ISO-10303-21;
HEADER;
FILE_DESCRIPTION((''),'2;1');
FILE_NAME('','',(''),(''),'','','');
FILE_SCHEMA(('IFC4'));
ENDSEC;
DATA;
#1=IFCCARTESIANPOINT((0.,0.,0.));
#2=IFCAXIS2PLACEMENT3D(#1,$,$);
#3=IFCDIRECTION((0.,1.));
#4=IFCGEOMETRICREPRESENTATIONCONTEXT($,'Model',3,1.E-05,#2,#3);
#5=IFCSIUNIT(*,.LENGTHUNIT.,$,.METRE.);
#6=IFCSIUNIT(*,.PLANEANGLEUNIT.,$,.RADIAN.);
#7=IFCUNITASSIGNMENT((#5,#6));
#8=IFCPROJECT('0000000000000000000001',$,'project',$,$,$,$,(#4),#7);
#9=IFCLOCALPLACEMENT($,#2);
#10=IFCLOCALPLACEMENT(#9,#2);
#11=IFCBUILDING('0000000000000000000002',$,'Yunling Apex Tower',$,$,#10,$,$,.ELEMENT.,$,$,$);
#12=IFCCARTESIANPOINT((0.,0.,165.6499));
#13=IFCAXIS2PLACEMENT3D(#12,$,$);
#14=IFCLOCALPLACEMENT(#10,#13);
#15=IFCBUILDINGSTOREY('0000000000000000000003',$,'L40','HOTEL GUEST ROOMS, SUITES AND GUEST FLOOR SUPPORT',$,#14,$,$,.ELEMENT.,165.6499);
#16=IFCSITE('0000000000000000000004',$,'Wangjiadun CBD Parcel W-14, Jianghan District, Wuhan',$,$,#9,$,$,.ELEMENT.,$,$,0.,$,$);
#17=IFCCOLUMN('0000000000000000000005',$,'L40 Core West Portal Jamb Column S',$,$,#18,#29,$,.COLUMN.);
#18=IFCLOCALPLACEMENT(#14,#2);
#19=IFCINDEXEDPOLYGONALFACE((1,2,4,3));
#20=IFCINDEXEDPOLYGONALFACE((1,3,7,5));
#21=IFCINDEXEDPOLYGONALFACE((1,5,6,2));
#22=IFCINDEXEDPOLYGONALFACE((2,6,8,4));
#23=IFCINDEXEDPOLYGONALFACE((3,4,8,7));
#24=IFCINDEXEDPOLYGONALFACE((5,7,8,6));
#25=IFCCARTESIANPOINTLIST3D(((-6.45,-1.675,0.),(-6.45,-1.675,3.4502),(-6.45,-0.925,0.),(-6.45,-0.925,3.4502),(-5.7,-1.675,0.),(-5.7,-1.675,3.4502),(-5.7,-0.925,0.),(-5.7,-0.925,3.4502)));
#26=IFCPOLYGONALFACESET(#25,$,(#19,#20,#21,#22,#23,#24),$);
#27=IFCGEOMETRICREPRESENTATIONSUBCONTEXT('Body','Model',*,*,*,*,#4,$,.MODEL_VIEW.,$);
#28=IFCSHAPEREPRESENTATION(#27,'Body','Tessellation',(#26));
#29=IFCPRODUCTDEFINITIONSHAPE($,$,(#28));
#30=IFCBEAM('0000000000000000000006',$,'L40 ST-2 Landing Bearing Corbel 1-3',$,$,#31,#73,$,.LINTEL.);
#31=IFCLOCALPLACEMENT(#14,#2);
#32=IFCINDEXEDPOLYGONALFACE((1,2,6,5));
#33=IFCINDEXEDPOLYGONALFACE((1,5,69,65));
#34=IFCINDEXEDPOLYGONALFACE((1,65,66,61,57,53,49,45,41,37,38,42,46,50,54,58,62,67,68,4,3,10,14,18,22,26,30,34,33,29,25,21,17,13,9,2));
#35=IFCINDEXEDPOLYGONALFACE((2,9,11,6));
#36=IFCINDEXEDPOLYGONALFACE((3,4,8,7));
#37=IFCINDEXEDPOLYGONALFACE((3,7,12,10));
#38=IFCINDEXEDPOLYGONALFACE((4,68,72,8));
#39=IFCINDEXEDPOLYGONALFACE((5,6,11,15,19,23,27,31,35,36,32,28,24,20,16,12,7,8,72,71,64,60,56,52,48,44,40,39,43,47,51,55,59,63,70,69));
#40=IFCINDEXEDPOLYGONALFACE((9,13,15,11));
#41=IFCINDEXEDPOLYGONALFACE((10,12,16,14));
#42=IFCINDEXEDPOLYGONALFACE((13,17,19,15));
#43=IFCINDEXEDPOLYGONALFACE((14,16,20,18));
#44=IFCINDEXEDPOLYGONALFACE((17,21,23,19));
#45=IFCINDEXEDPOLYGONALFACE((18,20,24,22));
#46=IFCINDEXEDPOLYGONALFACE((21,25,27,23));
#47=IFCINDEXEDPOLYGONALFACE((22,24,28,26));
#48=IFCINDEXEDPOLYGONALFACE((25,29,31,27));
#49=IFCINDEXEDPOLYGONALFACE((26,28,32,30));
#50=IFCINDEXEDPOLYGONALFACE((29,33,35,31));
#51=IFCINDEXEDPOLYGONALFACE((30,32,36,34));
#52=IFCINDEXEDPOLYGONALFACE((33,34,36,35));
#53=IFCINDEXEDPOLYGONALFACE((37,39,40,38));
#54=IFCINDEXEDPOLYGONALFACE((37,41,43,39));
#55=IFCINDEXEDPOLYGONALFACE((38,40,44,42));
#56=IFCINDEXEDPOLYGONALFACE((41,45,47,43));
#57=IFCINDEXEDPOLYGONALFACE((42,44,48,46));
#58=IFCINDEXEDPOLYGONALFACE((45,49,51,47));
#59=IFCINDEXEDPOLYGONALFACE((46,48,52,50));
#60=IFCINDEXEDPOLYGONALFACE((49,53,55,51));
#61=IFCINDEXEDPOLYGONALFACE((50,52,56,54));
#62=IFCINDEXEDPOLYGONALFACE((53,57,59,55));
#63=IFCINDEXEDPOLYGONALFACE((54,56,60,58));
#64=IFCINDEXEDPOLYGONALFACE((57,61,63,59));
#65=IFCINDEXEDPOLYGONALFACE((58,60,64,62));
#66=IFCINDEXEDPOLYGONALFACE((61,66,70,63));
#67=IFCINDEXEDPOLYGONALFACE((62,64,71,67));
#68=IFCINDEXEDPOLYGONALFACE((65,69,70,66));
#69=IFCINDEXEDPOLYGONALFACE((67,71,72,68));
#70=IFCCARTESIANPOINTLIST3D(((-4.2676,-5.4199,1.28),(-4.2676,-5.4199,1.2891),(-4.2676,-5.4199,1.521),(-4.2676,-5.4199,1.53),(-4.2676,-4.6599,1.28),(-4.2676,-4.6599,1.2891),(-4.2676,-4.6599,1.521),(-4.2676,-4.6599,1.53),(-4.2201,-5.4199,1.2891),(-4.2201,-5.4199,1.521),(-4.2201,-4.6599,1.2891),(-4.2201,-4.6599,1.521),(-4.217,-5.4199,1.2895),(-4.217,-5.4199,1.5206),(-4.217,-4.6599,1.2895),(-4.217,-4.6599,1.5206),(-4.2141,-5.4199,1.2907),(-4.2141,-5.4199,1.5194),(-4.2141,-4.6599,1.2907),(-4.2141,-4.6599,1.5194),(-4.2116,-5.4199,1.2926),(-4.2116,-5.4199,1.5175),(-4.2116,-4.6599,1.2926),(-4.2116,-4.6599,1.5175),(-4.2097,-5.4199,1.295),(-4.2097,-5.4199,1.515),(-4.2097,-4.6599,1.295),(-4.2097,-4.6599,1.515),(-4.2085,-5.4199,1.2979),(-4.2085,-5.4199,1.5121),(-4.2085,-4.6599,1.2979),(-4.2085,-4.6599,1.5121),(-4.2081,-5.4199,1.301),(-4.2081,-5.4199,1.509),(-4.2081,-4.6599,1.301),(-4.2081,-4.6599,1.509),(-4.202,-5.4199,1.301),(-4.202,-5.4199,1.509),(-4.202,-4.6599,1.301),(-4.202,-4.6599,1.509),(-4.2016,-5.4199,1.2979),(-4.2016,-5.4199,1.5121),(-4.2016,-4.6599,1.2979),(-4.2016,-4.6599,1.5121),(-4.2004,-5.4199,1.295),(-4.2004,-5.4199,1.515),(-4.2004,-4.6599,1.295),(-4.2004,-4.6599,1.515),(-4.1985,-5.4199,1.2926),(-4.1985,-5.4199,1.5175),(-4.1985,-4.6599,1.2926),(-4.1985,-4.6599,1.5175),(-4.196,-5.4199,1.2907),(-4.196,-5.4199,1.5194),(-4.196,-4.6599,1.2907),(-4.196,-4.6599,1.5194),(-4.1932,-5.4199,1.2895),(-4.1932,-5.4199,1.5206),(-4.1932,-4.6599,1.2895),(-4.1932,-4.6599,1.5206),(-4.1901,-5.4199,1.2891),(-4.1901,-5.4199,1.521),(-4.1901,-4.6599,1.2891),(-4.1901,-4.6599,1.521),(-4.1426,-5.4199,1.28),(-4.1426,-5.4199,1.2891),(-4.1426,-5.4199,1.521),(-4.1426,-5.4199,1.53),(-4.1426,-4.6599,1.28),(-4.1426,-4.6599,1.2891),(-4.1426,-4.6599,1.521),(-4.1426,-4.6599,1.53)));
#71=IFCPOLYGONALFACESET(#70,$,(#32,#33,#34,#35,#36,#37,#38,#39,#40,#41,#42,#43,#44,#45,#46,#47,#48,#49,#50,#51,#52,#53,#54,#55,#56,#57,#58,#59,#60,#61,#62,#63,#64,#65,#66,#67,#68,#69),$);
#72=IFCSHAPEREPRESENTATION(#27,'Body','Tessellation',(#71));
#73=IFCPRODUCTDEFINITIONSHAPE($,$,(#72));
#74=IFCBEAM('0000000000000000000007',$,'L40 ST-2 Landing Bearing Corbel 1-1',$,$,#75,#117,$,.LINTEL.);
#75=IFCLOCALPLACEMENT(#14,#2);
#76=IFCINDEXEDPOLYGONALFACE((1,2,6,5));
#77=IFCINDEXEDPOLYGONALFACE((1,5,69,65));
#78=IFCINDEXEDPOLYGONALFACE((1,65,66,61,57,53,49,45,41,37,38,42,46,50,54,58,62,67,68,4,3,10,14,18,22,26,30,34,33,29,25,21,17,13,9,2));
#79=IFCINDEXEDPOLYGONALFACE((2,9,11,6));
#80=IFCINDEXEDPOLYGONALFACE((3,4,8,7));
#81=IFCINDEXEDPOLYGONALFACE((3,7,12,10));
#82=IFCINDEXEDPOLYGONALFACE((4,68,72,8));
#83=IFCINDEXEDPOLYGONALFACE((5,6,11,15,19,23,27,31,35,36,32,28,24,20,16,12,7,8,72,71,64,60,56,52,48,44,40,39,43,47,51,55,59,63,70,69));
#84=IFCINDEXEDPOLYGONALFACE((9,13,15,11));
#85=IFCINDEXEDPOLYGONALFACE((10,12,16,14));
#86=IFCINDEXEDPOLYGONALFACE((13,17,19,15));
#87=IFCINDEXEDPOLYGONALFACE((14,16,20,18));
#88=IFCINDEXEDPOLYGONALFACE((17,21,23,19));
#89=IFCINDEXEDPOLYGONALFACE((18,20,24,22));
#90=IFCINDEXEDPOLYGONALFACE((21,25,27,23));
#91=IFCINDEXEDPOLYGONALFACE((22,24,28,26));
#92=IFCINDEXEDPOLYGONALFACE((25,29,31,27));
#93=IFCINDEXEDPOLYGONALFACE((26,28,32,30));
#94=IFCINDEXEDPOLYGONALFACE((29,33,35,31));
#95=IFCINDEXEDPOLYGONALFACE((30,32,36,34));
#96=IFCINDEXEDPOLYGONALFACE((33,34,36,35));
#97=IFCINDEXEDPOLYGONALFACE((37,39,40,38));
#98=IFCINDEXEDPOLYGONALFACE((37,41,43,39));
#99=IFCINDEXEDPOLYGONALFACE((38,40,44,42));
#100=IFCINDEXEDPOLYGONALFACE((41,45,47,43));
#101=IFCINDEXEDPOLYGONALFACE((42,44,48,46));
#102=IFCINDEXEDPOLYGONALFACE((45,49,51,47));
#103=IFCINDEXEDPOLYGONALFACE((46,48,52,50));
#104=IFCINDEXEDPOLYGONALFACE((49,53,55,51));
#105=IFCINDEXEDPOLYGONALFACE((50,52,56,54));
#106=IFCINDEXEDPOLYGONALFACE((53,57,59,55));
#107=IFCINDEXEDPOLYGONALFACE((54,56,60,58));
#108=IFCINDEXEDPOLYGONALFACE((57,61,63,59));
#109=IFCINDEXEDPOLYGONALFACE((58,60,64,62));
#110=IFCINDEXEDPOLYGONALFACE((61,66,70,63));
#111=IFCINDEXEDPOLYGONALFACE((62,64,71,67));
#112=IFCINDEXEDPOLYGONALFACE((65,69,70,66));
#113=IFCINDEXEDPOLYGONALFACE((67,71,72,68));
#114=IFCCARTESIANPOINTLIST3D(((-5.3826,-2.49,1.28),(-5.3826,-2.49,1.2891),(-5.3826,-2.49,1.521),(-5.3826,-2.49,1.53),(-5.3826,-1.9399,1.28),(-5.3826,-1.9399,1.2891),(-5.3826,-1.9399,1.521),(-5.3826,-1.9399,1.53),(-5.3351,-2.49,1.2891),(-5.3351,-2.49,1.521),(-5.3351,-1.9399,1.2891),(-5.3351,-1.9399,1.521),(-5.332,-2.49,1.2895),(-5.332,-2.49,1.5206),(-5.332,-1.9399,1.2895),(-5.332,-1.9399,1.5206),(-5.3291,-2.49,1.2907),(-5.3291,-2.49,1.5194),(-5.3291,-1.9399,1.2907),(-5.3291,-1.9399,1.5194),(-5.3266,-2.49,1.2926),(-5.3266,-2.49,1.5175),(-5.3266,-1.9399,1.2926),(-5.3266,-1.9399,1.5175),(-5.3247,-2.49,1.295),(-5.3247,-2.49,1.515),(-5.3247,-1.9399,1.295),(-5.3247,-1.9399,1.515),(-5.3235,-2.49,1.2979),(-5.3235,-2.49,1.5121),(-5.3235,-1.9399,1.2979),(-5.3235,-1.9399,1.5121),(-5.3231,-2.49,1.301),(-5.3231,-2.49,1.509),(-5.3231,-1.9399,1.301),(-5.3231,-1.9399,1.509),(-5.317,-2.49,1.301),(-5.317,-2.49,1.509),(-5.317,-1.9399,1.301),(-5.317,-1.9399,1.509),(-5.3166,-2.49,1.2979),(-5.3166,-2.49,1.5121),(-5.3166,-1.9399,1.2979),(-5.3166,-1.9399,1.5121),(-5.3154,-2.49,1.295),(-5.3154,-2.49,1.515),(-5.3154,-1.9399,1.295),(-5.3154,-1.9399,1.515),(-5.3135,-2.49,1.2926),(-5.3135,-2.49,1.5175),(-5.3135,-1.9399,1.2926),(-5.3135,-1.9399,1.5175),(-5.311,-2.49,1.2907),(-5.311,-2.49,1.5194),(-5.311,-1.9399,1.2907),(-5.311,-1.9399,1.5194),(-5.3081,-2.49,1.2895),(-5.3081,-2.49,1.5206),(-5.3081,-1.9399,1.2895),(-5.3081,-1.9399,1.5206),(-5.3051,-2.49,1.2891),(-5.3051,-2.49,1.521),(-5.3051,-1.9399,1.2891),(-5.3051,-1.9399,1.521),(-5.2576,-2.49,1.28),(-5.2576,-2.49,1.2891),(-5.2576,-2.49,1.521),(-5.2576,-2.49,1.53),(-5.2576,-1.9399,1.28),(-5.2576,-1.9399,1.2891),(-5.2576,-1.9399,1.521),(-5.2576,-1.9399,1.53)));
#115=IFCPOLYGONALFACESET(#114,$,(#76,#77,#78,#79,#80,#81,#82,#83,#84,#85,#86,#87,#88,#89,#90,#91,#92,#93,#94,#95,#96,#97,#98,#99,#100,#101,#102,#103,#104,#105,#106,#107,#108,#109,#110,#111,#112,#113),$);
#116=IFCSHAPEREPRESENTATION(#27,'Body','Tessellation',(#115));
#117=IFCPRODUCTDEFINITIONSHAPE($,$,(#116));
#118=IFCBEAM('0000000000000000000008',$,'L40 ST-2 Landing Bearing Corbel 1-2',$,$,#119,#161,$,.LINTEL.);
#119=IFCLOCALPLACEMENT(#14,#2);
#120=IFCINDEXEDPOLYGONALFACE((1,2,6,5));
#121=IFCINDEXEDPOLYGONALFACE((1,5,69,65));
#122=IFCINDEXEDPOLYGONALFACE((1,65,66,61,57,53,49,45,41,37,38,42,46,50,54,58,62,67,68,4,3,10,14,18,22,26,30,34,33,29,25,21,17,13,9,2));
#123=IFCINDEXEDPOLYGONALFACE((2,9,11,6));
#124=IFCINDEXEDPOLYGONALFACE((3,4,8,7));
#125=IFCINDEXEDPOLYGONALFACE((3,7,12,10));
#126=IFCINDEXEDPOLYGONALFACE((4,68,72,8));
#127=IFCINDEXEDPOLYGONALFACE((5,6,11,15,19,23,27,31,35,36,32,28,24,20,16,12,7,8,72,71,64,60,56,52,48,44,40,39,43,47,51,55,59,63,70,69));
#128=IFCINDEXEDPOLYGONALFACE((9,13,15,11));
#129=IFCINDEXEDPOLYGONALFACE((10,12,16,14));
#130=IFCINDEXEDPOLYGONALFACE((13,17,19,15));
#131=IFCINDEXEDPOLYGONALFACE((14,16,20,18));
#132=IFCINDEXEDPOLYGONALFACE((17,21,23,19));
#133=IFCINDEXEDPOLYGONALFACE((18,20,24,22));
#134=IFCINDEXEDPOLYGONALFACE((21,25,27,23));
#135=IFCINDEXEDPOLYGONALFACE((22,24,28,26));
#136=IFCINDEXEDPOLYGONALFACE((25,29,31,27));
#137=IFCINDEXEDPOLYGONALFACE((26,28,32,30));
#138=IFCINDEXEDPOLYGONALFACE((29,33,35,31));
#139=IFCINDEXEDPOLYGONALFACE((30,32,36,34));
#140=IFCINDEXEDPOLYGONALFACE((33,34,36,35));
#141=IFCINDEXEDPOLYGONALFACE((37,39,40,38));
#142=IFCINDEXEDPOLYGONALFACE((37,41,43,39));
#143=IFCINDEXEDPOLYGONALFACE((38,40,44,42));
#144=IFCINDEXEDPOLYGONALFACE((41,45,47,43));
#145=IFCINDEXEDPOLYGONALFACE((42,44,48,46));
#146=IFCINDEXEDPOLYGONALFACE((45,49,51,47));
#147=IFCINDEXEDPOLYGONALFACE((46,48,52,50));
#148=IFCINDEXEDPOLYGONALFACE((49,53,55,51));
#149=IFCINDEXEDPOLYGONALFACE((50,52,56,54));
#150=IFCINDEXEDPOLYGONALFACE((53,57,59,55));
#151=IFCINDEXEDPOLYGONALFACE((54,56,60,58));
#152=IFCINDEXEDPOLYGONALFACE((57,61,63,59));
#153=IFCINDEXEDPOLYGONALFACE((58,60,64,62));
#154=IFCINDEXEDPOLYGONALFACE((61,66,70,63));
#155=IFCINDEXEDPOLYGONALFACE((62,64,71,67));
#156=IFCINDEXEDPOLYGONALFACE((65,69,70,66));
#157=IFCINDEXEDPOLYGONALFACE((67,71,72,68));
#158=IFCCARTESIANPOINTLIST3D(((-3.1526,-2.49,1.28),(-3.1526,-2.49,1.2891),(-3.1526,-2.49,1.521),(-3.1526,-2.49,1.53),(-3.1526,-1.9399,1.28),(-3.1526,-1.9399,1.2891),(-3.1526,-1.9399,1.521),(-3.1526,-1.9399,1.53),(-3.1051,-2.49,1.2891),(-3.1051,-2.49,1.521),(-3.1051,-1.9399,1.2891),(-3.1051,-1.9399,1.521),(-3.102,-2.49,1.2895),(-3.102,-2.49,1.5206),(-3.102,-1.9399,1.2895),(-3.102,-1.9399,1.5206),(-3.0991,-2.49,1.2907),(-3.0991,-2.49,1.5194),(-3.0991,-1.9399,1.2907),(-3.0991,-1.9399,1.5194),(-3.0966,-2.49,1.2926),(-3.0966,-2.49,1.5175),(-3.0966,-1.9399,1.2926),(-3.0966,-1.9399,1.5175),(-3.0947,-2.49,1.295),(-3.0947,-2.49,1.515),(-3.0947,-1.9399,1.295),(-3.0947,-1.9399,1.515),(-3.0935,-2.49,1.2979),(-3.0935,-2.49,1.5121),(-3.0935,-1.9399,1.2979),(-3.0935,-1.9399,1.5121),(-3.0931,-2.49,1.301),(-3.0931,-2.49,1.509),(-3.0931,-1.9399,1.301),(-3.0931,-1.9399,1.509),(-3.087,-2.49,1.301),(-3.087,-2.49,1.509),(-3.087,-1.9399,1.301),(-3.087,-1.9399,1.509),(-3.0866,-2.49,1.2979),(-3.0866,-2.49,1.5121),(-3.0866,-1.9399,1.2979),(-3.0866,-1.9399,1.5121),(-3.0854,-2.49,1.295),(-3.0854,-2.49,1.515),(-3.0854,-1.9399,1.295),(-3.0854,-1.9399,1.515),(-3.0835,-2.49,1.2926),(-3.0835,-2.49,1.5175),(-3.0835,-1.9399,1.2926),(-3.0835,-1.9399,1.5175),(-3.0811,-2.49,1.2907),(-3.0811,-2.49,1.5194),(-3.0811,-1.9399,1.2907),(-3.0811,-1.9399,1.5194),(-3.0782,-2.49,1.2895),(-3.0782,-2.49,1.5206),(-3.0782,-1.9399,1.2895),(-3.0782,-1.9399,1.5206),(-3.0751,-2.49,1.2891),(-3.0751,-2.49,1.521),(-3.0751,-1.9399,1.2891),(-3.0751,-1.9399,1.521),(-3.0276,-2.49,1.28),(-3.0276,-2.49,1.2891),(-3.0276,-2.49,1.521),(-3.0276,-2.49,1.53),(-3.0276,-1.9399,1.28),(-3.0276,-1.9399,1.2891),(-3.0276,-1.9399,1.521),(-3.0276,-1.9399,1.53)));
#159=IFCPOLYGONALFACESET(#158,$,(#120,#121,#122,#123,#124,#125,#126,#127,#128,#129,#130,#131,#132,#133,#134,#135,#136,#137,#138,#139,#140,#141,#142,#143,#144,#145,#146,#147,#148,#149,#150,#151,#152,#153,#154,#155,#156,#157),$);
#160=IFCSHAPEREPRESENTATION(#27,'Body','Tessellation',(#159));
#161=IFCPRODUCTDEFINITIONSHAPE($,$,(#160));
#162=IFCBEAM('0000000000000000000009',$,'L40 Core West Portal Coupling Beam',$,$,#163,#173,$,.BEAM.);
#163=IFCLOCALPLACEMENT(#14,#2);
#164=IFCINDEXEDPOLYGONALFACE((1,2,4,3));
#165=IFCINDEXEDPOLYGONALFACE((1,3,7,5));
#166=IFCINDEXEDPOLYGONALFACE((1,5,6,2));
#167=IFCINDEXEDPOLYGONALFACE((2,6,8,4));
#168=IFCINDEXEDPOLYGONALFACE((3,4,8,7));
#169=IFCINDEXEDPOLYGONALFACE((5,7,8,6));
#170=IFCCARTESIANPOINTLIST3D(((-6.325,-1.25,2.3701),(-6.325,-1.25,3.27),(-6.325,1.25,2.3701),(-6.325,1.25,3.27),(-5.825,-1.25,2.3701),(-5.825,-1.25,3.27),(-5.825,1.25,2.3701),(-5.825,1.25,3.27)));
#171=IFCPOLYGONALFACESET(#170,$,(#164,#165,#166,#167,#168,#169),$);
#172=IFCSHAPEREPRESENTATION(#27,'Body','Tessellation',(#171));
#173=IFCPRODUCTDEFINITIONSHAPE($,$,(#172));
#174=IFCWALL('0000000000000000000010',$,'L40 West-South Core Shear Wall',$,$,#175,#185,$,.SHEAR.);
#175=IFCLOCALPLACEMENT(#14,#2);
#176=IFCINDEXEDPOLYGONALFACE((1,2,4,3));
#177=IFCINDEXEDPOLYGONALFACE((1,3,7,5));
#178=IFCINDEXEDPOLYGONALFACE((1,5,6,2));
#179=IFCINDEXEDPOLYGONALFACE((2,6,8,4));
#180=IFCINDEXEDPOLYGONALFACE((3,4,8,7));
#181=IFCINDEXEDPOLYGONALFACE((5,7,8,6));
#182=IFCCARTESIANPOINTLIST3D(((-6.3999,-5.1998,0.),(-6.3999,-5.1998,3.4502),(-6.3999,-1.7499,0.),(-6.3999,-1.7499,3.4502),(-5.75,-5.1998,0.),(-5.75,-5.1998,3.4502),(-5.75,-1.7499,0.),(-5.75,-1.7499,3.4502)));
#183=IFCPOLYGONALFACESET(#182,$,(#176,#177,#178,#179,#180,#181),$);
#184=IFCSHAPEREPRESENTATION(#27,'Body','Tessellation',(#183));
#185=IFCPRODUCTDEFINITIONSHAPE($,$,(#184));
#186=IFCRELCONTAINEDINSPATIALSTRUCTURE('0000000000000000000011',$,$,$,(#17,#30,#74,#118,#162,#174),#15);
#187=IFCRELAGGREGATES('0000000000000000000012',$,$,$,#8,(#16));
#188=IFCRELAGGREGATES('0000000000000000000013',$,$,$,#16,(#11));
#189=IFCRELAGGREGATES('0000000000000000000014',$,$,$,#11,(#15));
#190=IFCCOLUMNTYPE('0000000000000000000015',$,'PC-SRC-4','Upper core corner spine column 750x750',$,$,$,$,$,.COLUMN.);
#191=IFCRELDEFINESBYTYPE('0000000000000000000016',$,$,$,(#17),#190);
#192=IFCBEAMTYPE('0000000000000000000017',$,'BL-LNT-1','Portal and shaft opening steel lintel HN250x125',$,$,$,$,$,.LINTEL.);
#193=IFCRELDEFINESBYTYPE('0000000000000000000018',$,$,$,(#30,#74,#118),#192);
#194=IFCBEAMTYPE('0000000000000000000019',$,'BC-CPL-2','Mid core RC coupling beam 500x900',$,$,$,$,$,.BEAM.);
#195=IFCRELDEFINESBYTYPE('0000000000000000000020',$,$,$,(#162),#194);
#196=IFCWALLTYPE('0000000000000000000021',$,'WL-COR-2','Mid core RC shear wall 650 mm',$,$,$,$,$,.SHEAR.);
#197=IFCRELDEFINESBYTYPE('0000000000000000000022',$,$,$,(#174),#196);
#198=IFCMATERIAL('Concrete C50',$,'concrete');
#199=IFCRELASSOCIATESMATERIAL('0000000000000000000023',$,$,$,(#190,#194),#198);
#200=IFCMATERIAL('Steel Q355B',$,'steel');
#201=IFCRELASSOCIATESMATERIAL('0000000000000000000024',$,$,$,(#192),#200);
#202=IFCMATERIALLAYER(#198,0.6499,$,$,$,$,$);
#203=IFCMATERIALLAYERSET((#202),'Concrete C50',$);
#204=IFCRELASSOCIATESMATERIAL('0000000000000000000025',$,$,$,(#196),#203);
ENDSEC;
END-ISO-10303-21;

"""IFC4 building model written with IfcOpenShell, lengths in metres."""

from ifc_helpers import new_model, si_unit, direction, frame, frame_2d, origin, origin_2d, place, context, subcontext, project, spatial, rectangle, i_section, extrude, source, transform, mapped, material, layer, layer_set, material_profile, profile_set, type_object, element, save


model = new_model("IFC4")

# Units and contexts
model_context = context("Model", 3, precision=1e-05, world=origin(), true_north=direction((0.0, 1.0)))
body_context = subcontext(model_context, "Body", "Model", "MODEL_VIEW")
ifc_project = project(units=[si_unit("LENGTHUNIT", "METRE"), si_unit("PLANEANGLEUNIT", "RADIAN")], contexts=[model_context])

# Site, building, storey
site_placement = place(None, origin())
site = spatial("IfcSite", under=ifc_project, at=site_placement, Name="Wangjiadun CBD Parcel W-14, Jianghan District, Wuhan", CompositionType="ELEMENT", RefElevation=0.0)
building_placement = place(site_placement, origin())
building = spatial("IfcBuilding", under=site, at=building_placement, Name="Yunling Apex Tower", CompositionType="ELEMENT")
storey_placement = place(building_placement, frame((0.0, 0.0, 165.6499)))
storey = spatial("IfcBuildingStorey", under=building, at=storey_placement, Name="L40", Description="HOTEL GUEST ROOMS, SUITES AND GUEST FLOOR SUPPORT", CompositionType="ELEMENT", Elevation=165.6499)

# Column
ifc_material_1 = material(Name="Concrete C50", Category="concrete")
ifc_material_profile_1 = material_profile(ifc_material_1, rectangle(XDim=0.75, YDim=0.75, at=origin_2d()))
ifc_profile_set_1 = profile_set([ifc_material_profile_1], Name="Concrete C50")
column_type = type_object("IfcColumnType", Name="PC-SRC-4", Description="Upper core corner spine column 750x750", PredefinedType="COLUMN", material=ifc_profile_set_1)
shared_shape_1 = source(origin(), body_context, "Body", "SweptSolid", [
    extrude(rectangle(XDim=0.75, YDim=0.75, at=origin_2d()), origin(), (0.0, 0.0, 1.0), 3.4502),
])
column_placement = place(storey_placement, frame((-6.075, -1.3, 0.0), z_axis=(0.0, 0.0, 1.0), x_axis=(1.0, 0.0, 0.0)))
element("IfcColumn", 1, at=column_placement, inside=storey, type_object=column_type, Name="L40 Core West Portal Jamb Column S", PredefinedType="COLUMN", context=body_context, shape_type="MappedRepresentation", body=[
    mapped(shared_shape_1, transform((0.0, 0.0, 0.0), scale=1.0)),
])

# Beams
ifc_material_2 = material(Name="Steel Q355B", Category="steel")
ifc_material_profile_2 = material_profile(ifc_material_2, i_section(OverallWidth=0.125, OverallDepth=0.25, WebThickness=0.0061, FlangeThickness=0.009, FilletRadius=0.012, at=origin_2d()))
ifc_profile_set_2 = profile_set([ifc_material_profile_2], Name="Steel Q355B")
beam_type_1 = type_object("IfcBeamType", Name="BL-LNT-1", Description="Portal and shaft opening steel lintel HN250x125", PredefinedType="LINTEL", material=ifc_profile_set_2)
shared_shape_2 = source(origin(), body_context, "Body", "SweptSolid", [
    extrude(i_section(OverallWidth=0.125, OverallDepth=0.25, WebThickness=0.0061, FlangeThickness=0.009, FilletRadius=0.012, at=origin_2d()), origin(), (0.0, 0.0, 1.0), 0.76),
])
beam_1_placement = place(storey_placement, frame((-4.2051, -5.4199, 1.405), z_axis=(0.0, 1.0, 0.0), x_axis=(-1.0, 0.0, 0.0)))
element("IfcBeam", 2, at=beam_1_placement, inside=storey, type_object=beam_type_1, Name="L40 ST-2 Landing Bearing Corbel 1-3", PredefinedType="LINTEL", context=body_context, shape_type="MappedRepresentation", body=[
    mapped(shared_shape_2, transform((0.0, 0.0, 0.0), scale=1.0)),
])
shared_shape_3 = source(origin(), body_context, "Body", "SweptSolid", [
    extrude(i_section(OverallWidth=0.125, OverallDepth=0.25, WebThickness=0.0061, FlangeThickness=0.009, FilletRadius=0.012, at=origin_2d()), origin(), (0.0, 0.0, 1.0), 0.55),
])
for number, where, z_axis, x_axis, name in (
    (3, (-5.3201, -1.9399, 1.405), (0.0, -1.0, 0.0), (1.0, 0.0, 0.0), "L40 ST-2 Landing Bearing Corbel 1-1"),
    (4, (-3.0901, -1.9399, 1.405), (0.0, -1.0, 0.0), (1.0, 0.0, 0.0), "L40 ST-2 Landing Bearing Corbel 1-2"),
):
    element("IfcBeam", number, at=place(storey_placement, frame(where, z_axis=z_axis, x_axis=x_axis)), inside=storey, type_object=beam_type_1, Name=name, PredefinedType="LINTEL", context=body_context, shape_type="MappedRepresentation", body=[
        mapped(shared_shape_3, transform((0.0, 0.0, 0.0), scale=1.0)),
    ])
ifc_material_profile_3 = material_profile(ifc_material_1, rectangle(XDim=0.5, YDim=0.8999, at=origin_2d()))
ifc_profile_set_3 = profile_set([ifc_material_profile_3], Name="Concrete C50")
beam_type_2 = type_object("IfcBeamType", Name="BC-CPL-2", Description="Mid core RC coupling beam 500x900", PredefinedType="BEAM", material=ifc_profile_set_3)
shared_shape_4 = source(origin(), body_context, "Body", "SweptSolid", [
    extrude(rectangle(XDim=0.5, YDim=0.8999, at=origin_2d()), origin(), (0.0, 0.0, 1.0), 2.5),
])
beam_2_placement = place(storey_placement, frame((-6.075, -1.25, 2.8201), z_axis=(0.0, 1.0, 0.0), x_axis=(-1.0, 0.0, 0.0)))
element("IfcBeam", 5, at=beam_2_placement, inside=storey, type_object=beam_type_2, Name="L40 Core West Portal Coupling Beam", PredefinedType="BEAM", context=body_context, shape_type="MappedRepresentation", body=[
    mapped(shared_shape_4, transform((0.0, 0.0, 0.0), scale=1.0)),
])

# Wall
ifc_layer_1 = layer(ifc_material_1, 0.6499)
ifc_layer_set_1 = layer_set([ifc_layer_1], Name="Concrete C50")
wall_type_1 = type_object("IfcWallType", Name="WL-COR-2", Description="Mid core RC shear wall 650 mm", PredefinedType="SHEAR", material=ifc_layer_set_1)
wall_1_placement = place(storey_placement, frame((-6.075, -5.2, 0.0), z_axis=(0.0, 0.0, 1.0), x_axis=(0.0, 1.0, 0.0)))
element("IfcWall", 6, at=wall_1_placement, inside=storey, type_object=wall_type_1, Name="L40 West-South Core Shear Wall", PredefinedType="SHEAR", context=body_context, shape_type="SweptSolid", body=[
    extrude(rectangle(XDim=3.45, YDim=0.6499, at=frame_2d((1.7251, 0.0))), origin(), (0.0, 0.0, 1.0), 3.4502),
])

save(model, "model.ifc")
